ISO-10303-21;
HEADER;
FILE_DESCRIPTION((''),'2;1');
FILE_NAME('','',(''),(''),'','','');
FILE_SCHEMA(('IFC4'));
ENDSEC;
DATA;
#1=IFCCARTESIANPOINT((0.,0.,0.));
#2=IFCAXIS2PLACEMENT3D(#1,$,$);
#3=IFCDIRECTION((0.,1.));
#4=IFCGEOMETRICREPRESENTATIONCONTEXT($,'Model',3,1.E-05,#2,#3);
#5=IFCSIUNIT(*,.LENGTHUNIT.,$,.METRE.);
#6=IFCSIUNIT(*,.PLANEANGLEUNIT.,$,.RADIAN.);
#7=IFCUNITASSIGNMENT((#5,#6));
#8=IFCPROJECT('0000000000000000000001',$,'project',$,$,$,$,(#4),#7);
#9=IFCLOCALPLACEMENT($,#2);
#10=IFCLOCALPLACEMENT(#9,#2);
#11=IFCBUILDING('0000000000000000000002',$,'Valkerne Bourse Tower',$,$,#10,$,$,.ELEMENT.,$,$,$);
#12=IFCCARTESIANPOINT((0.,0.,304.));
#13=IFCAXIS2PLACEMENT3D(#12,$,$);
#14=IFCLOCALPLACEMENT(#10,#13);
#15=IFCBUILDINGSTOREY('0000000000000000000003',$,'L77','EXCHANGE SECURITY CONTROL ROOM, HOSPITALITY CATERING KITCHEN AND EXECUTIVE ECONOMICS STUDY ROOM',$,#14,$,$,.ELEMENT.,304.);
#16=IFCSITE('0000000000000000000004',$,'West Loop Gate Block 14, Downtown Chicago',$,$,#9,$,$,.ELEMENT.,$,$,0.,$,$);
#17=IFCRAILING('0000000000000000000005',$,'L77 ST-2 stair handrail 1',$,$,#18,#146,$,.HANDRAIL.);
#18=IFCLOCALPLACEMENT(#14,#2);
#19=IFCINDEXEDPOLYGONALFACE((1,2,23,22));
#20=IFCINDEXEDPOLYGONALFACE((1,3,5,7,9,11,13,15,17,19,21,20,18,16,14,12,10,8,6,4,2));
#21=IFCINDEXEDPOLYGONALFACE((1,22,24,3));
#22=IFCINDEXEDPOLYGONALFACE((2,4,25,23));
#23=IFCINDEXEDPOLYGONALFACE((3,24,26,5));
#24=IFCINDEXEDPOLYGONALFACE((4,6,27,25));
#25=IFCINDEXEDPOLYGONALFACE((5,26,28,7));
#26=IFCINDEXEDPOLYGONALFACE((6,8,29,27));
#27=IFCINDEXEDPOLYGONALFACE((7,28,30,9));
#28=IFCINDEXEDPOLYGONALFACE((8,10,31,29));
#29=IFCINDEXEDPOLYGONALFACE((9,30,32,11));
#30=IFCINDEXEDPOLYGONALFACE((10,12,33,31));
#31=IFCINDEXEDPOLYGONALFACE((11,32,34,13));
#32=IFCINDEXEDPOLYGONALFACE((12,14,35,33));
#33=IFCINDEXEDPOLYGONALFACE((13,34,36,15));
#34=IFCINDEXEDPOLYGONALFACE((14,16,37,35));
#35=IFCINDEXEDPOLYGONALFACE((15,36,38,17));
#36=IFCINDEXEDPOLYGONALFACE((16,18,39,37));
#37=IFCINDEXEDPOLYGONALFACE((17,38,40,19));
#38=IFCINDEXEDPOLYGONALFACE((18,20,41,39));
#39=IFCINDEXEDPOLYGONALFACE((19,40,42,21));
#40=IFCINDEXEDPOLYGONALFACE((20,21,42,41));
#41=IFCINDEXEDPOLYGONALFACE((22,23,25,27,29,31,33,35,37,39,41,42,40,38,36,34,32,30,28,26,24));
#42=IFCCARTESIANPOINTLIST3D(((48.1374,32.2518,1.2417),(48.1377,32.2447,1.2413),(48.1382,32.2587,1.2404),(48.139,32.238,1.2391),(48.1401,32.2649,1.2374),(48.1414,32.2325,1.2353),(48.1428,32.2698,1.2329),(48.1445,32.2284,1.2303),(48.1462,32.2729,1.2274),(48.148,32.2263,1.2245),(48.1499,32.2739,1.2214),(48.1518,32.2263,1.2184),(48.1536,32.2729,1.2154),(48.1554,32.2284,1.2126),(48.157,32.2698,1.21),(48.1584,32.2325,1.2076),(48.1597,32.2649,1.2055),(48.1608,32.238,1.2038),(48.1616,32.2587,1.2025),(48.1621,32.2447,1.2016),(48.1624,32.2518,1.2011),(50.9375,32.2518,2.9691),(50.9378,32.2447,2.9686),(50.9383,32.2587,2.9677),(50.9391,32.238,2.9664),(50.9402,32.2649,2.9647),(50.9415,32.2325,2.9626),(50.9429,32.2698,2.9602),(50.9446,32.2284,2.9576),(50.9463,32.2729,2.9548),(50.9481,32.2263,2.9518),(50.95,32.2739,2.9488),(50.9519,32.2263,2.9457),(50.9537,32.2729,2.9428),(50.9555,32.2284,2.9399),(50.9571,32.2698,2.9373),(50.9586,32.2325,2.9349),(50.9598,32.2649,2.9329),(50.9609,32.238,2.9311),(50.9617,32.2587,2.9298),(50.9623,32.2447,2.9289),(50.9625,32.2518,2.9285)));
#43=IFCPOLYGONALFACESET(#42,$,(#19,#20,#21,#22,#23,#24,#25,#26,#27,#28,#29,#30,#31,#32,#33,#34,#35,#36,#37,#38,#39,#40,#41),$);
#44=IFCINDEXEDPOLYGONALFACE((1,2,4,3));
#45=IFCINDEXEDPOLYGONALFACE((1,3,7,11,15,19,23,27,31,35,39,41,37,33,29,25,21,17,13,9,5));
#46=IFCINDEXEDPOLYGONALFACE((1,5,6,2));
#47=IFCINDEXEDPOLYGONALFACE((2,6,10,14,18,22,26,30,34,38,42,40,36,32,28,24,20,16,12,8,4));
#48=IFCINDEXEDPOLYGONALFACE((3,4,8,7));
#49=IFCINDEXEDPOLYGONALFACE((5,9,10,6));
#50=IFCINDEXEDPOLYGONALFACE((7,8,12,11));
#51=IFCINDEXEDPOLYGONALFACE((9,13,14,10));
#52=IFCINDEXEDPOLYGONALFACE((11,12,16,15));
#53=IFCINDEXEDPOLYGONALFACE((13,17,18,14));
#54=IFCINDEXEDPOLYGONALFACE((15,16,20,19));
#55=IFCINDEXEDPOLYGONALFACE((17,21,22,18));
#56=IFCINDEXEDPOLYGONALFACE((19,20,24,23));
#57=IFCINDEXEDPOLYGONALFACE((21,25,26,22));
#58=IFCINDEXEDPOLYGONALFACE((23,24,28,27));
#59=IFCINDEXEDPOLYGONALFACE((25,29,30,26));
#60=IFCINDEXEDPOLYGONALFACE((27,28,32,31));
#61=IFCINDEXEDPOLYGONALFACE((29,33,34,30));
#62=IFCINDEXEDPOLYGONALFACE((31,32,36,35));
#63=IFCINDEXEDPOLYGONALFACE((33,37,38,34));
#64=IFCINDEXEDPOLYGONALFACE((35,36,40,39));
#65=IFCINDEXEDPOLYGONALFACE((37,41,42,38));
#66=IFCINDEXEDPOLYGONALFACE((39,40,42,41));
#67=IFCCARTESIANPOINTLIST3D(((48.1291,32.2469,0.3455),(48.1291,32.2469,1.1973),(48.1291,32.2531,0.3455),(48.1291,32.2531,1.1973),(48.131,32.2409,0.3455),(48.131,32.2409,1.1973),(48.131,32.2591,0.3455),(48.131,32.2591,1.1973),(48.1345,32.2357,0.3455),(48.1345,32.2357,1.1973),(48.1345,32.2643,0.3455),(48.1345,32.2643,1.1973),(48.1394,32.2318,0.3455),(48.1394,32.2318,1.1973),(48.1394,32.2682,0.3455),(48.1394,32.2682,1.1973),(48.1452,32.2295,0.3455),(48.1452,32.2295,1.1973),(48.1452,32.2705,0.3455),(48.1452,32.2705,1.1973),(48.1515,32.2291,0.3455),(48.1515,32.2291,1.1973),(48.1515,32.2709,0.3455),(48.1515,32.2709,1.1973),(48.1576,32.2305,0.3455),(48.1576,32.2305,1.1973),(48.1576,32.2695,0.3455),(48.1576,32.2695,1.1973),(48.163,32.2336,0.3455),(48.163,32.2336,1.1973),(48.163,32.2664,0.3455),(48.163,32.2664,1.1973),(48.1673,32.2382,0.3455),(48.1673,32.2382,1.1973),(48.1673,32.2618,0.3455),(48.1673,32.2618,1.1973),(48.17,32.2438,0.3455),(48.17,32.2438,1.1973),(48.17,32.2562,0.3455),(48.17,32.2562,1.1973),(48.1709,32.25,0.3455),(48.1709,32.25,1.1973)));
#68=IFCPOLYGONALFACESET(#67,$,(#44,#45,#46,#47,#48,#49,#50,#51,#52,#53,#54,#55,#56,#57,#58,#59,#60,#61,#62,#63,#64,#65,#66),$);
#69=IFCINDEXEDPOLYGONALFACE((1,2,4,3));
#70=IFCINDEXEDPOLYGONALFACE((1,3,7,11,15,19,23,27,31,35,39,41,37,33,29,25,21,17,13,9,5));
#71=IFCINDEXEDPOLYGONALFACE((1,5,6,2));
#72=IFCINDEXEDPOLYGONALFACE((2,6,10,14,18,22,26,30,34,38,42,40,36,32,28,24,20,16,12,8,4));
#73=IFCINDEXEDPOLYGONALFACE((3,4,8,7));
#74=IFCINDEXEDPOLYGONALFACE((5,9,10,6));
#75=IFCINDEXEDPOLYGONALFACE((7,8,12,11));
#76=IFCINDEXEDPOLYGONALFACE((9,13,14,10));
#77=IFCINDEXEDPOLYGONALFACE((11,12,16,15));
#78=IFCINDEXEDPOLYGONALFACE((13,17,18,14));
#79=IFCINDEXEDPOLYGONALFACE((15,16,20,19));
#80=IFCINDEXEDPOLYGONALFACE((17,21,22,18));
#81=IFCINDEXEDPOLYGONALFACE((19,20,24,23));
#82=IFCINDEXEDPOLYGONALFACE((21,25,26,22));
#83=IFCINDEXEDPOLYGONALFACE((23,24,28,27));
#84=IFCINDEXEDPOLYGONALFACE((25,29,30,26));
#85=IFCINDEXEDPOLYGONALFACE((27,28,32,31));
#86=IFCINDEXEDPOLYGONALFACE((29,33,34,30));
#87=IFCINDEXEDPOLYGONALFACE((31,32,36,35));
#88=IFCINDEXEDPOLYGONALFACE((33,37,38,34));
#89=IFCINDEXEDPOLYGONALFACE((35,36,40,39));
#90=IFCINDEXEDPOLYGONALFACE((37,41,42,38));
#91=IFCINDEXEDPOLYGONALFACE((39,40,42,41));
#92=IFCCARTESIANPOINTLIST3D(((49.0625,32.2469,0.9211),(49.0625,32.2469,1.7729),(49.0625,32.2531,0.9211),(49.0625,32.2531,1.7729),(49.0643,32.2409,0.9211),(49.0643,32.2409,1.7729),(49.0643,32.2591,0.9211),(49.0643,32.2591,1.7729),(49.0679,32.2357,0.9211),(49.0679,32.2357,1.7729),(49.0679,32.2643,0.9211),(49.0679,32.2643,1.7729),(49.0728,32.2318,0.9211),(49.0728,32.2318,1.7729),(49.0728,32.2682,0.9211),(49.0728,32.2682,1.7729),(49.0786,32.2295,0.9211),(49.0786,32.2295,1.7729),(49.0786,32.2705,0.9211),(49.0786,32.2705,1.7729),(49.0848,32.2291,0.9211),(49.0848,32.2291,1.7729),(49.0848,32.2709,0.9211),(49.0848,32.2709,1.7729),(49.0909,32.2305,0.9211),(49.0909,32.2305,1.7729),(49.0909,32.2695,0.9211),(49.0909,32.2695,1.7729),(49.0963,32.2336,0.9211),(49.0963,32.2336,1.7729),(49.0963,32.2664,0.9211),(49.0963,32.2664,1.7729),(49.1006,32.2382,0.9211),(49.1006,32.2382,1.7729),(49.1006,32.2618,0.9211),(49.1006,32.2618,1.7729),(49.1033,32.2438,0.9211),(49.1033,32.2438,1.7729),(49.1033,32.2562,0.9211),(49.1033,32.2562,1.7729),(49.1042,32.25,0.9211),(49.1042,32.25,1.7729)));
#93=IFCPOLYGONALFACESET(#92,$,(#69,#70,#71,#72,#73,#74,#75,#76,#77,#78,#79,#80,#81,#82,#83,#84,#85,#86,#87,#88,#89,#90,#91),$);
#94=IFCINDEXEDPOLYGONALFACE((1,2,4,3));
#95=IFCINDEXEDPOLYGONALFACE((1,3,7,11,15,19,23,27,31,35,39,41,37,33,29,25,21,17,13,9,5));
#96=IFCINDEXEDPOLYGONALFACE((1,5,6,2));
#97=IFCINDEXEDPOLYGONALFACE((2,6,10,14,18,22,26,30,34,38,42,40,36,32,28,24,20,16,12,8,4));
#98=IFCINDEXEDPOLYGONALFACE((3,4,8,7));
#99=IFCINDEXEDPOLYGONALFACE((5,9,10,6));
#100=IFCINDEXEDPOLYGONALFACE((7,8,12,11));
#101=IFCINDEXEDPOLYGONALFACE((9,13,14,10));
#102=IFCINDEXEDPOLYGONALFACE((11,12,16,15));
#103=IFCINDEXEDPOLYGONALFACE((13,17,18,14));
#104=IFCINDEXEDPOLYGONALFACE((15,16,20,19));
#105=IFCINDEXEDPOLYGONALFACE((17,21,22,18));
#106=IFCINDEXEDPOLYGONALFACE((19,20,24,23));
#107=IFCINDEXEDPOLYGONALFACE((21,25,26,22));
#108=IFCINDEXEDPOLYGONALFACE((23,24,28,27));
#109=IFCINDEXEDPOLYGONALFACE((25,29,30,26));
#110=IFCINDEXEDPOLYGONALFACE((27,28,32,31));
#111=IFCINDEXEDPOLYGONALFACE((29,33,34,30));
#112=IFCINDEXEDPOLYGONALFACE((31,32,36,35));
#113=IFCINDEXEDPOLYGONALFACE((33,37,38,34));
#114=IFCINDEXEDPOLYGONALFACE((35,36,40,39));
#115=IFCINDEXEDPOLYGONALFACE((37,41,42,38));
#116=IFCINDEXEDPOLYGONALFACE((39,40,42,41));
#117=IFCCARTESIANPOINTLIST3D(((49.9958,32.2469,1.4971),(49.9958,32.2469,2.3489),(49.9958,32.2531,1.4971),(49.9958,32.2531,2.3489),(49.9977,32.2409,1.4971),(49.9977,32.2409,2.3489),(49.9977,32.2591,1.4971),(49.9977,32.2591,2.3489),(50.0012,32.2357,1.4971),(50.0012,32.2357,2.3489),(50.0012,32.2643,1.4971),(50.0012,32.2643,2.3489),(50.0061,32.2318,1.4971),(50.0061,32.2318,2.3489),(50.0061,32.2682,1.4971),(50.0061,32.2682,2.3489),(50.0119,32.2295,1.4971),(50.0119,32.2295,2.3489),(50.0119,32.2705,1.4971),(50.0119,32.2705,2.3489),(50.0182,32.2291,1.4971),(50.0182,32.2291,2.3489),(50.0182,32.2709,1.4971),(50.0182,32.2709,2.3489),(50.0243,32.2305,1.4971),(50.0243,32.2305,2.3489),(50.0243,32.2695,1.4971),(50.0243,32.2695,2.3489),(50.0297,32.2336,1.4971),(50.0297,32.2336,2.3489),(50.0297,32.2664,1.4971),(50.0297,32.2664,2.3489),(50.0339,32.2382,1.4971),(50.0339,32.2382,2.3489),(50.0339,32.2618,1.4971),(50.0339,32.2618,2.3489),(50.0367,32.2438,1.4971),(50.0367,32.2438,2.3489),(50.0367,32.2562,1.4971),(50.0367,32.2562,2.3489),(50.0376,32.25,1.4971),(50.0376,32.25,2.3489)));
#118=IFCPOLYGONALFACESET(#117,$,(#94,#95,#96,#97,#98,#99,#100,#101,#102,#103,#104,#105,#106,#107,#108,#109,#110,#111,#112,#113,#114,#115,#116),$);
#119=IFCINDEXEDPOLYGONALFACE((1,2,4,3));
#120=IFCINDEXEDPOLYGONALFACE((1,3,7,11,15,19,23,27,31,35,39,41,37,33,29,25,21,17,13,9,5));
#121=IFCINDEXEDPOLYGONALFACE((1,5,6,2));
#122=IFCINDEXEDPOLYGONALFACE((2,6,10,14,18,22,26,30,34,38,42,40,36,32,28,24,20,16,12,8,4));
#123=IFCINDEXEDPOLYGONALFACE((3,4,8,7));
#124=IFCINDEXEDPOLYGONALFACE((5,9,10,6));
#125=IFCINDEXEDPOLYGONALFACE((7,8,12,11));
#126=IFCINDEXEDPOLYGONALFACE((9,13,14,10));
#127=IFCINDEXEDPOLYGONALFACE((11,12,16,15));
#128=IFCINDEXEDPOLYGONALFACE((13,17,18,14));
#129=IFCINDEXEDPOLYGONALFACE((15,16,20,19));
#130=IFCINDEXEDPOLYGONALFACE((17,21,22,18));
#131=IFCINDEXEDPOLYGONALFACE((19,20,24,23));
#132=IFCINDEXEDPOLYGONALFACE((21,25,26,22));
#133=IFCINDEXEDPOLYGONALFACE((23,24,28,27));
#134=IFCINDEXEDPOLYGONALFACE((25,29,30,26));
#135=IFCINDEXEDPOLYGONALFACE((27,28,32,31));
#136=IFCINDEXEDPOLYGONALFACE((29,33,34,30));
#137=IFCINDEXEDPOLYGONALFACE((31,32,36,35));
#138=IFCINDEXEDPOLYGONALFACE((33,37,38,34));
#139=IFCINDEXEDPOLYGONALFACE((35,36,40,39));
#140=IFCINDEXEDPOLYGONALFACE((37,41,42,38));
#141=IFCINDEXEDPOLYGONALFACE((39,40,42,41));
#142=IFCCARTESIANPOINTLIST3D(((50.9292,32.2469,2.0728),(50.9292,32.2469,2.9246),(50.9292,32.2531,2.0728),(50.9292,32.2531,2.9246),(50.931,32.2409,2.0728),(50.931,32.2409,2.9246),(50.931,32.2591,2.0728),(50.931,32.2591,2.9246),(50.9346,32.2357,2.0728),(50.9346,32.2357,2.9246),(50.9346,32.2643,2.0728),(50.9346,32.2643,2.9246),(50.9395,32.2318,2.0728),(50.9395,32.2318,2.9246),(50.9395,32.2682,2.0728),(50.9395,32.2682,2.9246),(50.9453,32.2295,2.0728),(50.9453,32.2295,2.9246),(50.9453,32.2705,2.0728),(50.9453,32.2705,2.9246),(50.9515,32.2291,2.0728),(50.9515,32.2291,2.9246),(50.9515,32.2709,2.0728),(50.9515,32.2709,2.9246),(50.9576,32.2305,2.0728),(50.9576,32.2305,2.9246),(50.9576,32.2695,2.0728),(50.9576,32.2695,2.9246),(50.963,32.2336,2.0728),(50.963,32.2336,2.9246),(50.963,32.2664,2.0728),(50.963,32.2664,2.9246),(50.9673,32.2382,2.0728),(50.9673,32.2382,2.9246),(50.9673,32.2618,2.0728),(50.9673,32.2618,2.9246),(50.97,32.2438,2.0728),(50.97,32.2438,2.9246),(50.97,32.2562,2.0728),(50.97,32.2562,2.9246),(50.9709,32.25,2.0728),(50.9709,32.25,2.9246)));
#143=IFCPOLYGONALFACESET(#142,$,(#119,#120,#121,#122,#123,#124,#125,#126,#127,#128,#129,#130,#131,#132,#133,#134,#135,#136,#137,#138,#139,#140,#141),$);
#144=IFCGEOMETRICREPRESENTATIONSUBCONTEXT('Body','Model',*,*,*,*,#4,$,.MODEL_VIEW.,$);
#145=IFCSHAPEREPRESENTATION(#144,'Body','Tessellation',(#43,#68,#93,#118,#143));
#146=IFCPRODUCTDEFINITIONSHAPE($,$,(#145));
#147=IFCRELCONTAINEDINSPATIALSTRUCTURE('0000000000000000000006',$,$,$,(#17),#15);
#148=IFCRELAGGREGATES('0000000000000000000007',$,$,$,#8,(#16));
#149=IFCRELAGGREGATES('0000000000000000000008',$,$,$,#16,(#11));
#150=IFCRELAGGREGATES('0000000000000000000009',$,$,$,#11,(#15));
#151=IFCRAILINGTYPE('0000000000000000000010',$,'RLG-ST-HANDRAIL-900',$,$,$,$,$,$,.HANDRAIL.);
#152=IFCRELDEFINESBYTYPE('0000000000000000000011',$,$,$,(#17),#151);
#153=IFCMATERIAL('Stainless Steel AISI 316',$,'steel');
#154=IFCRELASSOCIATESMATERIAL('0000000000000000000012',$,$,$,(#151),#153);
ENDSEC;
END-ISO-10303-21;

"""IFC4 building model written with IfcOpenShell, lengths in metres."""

from ifc_helpers import new_model, si_unit, direction, frame, origin, origin_2d, place, context, subcontext, project, spatial, circle, extrude, material, type_object, element, save


model = new_model("IFC4")

# Units and contexts
model_context = context("Model", 3, precision=1e-05, world=origin(), true_north=direction((0.0, 1.0)))
body_context = subcontext(model_context, "Body", "Model", "MODEL_VIEW")
ifc_project = project(units=[si_unit("LENGTHUNIT", "METRE"), si_unit("PLANEANGLEUNIT", "RADIAN")], contexts=[model_context])

# Site, building, storey
site_placement = place(None, origin())
site = spatial("IfcSite", under=ifc_project, at=site_placement, Name="West Loop Gate Block 14, Downtown Chicago", CompositionType="ELEMENT", RefElevation=0.0)
building_placement = place(site_placement, origin())
building = spatial("IfcBuilding", under=site, at=building_placement, Name="Valkerne Bourse Tower", CompositionType="ELEMENT")
storey_placement = place(building_placement, frame((0.0, 0.0, 304.0)))
storey = spatial("IfcBuildingStorey", under=building, at=storey_placement, Name="L77", Description="EXCHANGE SECURITY CONTROL ROOM, HOSPITALITY CATERING KITCHEN AND EXECUTIVE ECONOMICS STUDY ROOM", CompositionType="ELEMENT", Elevation=304.0)

# Shared definitions
ifc_material_1 = material(Name="Stainless Steel AISI 316", Category="steel")

# Railing
railing_type_1 = type_object("IfcRailingType", Name="RLG-ST-HANDRAIL-900", PredefinedType="HANDRAIL", material=ifc_material_1)
railing_1_placement = place(storey_placement, frame((48.1499, 32.25, 0.3455)))
element("IfcRailing", 1, at=railing_1_placement, inside=storey, type_object=railing_type_1, Name="L77 ST-2 stair handrail 1", PredefinedType="HANDRAIL", context=body_context, shape_type="SweptSolid", body=[
    extrude(circle(Radius=0.0239, at=origin_2d()), frame((0.0, 0.0, 0.876), z_axis=(0.85109, 0.0, 0.52502), x_axis=(0.0, 1.0, 0.0)), (0.0, 0.0, 1.0), 3.29),
    extrude(circle(Radius=0.021, at=origin_2d()), origin(), (0.0, 0.0, 1.0), 0.8518),
    extrude(circle(Radius=0.021, at=origin_2d()), frame((0.9333, 0.0, 0.5757)), (0.0, 0.0, 1.0), 0.8518),
    extrude(circle(Radius=0.021, at=origin_2d()), frame((1.8667, 0.0, 1.1516)), (0.0, 0.0, 1.0), 0.8518),
    extrude(circle(Radius=0.021, at=origin_2d()), frame((2.8, 0.0, 1.7273)), (0.0, 0.0, 1.0), 0.8518),
])

save(model, "model.ifc")
